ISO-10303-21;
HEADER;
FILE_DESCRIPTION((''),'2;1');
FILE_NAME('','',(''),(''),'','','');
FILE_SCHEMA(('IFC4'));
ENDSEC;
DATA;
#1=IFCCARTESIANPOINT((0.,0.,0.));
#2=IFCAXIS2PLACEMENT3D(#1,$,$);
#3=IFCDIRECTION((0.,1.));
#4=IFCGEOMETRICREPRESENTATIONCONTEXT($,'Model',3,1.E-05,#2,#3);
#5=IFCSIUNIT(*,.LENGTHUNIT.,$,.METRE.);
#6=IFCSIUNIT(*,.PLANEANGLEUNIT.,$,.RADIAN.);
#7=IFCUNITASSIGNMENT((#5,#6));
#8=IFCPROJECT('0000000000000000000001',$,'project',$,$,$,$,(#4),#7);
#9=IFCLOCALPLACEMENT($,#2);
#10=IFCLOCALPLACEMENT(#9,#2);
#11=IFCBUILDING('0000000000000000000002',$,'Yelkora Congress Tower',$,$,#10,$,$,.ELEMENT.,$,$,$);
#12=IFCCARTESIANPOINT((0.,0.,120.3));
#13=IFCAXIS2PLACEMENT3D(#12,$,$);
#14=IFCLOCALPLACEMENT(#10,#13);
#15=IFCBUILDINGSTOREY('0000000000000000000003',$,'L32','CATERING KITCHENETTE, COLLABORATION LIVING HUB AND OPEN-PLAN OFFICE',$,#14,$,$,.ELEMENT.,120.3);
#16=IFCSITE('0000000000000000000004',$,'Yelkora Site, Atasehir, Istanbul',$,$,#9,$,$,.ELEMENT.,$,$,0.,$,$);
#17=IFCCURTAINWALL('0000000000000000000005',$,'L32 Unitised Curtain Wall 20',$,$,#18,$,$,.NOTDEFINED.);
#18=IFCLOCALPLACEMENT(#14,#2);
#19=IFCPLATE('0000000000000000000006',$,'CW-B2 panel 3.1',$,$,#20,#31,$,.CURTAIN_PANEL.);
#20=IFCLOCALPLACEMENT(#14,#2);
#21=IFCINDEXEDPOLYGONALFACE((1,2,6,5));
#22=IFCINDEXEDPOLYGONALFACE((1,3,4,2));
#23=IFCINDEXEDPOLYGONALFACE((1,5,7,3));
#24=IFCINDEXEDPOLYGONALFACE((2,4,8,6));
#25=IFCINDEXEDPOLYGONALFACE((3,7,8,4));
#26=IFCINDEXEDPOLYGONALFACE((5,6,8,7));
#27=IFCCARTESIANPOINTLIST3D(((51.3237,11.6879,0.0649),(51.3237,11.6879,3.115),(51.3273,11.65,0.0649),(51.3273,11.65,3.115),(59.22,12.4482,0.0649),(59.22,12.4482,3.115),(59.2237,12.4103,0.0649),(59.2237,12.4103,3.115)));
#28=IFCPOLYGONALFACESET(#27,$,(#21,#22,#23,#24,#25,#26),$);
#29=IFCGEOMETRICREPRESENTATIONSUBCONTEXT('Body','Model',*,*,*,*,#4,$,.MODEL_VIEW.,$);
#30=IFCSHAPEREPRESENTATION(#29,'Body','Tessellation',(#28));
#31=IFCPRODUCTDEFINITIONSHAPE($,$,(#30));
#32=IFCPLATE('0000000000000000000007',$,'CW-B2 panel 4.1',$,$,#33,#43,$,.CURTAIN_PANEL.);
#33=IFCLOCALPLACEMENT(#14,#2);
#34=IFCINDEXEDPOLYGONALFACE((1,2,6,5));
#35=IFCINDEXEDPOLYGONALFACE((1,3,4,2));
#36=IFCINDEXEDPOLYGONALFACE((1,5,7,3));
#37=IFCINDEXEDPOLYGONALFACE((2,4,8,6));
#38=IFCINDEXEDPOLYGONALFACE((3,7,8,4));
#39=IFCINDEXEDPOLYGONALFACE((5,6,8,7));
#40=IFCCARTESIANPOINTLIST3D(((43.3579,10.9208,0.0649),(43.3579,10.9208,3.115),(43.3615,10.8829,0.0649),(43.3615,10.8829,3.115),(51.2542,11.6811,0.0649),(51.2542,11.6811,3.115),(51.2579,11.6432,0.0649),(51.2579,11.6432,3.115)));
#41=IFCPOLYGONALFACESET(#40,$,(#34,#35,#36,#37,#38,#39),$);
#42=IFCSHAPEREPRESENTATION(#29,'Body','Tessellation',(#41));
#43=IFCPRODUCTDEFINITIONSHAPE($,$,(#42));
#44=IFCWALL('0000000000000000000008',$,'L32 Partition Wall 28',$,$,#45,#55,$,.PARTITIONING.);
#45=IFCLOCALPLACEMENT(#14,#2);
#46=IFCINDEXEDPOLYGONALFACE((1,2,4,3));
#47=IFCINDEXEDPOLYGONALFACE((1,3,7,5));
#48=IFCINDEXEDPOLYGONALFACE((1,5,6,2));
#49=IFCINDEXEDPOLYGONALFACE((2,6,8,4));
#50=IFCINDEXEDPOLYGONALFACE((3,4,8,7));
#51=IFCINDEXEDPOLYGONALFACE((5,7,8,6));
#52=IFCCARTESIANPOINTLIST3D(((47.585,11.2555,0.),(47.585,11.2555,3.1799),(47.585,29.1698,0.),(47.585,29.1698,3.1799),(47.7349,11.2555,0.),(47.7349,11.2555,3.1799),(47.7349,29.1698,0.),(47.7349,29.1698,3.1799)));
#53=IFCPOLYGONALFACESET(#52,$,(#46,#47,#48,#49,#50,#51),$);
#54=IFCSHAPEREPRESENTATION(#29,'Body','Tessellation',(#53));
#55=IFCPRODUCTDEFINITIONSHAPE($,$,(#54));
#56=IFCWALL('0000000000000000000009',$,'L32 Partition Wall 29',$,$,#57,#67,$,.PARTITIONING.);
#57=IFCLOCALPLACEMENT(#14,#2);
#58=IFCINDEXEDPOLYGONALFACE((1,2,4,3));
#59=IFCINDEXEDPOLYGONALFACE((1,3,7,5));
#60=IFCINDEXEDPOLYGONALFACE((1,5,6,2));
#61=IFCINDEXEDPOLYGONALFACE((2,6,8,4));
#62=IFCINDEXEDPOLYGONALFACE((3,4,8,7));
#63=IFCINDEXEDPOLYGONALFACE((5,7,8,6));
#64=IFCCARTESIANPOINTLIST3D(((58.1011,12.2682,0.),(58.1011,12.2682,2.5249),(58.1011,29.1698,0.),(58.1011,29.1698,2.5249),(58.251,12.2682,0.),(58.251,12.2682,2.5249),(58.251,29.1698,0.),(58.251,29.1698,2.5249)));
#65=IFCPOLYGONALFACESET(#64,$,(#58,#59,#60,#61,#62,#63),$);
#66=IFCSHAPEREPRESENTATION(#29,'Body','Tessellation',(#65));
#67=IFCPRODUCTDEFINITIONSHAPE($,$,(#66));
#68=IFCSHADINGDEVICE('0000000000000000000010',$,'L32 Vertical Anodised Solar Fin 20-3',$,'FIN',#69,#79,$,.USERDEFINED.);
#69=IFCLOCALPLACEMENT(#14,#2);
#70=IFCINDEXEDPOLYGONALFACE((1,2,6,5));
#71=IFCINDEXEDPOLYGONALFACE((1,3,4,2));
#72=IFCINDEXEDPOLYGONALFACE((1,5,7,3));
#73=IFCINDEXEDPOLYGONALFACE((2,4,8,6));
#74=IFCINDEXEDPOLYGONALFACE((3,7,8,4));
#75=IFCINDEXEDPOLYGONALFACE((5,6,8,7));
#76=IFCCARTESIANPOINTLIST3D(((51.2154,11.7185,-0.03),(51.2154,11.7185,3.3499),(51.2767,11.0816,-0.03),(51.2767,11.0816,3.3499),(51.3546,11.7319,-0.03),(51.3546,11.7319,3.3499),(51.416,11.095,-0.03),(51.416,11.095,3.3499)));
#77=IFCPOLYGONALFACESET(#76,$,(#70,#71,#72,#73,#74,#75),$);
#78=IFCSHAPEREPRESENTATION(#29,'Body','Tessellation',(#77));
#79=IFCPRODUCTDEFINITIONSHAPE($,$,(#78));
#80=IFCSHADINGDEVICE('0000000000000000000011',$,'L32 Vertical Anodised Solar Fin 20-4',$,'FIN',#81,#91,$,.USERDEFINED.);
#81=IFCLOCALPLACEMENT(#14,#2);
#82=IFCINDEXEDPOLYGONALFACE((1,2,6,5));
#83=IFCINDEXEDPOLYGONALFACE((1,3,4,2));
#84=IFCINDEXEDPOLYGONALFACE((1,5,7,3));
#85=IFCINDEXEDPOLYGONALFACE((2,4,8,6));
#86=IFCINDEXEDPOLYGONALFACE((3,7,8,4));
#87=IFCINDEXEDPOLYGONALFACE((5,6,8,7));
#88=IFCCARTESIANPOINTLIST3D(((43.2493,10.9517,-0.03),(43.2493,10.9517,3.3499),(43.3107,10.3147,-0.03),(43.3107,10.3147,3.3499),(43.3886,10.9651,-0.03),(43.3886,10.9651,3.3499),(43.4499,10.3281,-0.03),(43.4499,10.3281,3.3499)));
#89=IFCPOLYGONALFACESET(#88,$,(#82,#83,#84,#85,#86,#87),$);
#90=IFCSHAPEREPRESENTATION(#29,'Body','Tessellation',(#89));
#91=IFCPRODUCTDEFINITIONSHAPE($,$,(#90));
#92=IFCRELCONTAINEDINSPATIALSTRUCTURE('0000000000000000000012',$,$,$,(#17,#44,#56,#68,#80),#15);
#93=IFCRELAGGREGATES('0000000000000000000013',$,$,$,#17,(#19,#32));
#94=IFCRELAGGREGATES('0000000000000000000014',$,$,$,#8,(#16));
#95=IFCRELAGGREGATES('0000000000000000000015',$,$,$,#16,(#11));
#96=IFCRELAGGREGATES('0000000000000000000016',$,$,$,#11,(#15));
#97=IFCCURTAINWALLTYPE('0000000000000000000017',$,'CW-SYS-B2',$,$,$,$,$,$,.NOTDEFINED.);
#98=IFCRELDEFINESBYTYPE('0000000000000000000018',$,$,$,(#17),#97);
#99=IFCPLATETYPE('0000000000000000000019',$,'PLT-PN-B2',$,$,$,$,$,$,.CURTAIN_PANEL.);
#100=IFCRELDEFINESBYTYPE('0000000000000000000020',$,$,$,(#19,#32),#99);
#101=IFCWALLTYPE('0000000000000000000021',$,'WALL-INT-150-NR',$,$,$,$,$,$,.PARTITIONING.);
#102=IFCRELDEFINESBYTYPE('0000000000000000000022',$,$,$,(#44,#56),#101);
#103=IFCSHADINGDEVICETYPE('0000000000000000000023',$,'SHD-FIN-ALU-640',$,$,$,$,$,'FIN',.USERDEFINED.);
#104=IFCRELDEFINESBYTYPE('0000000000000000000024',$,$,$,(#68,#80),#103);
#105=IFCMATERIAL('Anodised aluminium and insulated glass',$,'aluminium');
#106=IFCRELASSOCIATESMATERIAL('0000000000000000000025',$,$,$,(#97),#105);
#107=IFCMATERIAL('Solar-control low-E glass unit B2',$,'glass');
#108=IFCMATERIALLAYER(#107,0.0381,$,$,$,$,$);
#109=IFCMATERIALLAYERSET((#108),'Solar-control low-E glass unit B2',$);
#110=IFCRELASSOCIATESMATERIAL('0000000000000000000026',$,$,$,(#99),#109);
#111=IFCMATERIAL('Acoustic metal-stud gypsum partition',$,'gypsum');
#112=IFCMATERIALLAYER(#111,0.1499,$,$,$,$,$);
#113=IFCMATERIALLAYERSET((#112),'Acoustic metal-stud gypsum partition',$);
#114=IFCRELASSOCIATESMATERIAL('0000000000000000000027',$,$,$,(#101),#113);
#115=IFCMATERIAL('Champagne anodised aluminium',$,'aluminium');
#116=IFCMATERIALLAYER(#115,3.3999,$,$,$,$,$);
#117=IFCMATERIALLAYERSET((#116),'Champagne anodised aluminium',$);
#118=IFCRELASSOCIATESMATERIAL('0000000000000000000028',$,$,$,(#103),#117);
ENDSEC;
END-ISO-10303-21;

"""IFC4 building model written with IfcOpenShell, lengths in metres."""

from ifc_helpers import new_model, si_unit, direction, frame, frame_2d, origin, origin_2d, place, context, subcontext, project, spatial, rectangle, extrude, material, layer, layer_set, type_object, element, aggregate, save


model = new_model("IFC4")

# Units and contexts
model_context = context("Model", 3, precision=1e-05, world=origin(), true_north=direction((0.0, 1.0)))
body_context = subcontext(model_context, "Body", "Model", "MODEL_VIEW")
ifc_project = project(units=[si_unit("LENGTHUNIT", "METRE"), si_unit("PLANEANGLEUNIT", "RADIAN")], contexts=[model_context])

# Site, building, storey
site_placement = place(None, origin())
site = spatial("IfcSite", under=ifc_project, at=site_placement, Name="Yelkora Site, Atasehir, Istanbul", CompositionType="ELEMENT", RefElevation=0.0)
building_placement = place(site_placement, origin())
building = spatial("IfcBuilding", under=site, at=building_placement, Name="Yelkora Congress Tower", CompositionType="ELEMENT")
storey_placement = place(building_placement, frame((0.0, 0.0, 120.3)))
storey = spatial("IfcBuildingStorey", under=building, at=storey_placement, Name="L32", Description="CATERING KITCHENETTE, COLLABORATION LIVING HUB AND OPEN-PLAN OFFICE", CompositionType="ELEMENT", Elevation=120.3)

# Curtain wall, plates
ifc_material_1 = material(Name="Anodised aluminium and insulated glass", Category="aluminium")
curtain_wall_type = type_object("IfcCurtainWallType", Name="CW-SYS-B2", PredefinedType="NOTDEFINED", material=ifc_material_1)
curtain_wall_placement = place(storey_placement, origin())
curtain_wall = element("IfcCurtainWall", 1, at=curtain_wall_placement, inside=storey, type_object=curtain_wall_type, Name="L32 Unitised Curtain Wall 20", PredefinedType="NOTDEFINED")
ifc_material_2 = material(Name="Solar-control low-E glass unit B2", Category="glass")
ifc_layer_1 = layer(ifc_material_2, 0.0381)
ifc_layer_set_1 = layer_set([ifc_layer_1], Name="Solar-control low-E glass unit B2")
plate_type = type_object("IfcPlateType", Name="PLT-PN-B2", PredefinedType="CURTAIN_PANEL", material=ifc_layer_set_1)
plate_1_placement = place(storey_placement, frame((55.2737, 12.0491, 0.0649), z_axis=(0.0, 0.0, 1.0), x_axis=(-0.995396, -0.095844, 0.0)))
plate_1 = element("IfcPlate", 2, at=plate_1_placement, type_object=plate_type, Name="CW-B2 panel 3.1", PredefinedType="CURTAIN_PANEL", context=body_context, shape_type="SweptSolid", body=[
    extrude(rectangle(XDim=7.9329, YDim=0.0381, at=origin_2d()), origin(), (0.0, 0.0, 1.0), 3.05),
])
plate_2_placement = place(storey_placement, frame((47.3079, 11.282, 0.0649), z_axis=(0.0, 0.0, 1.0), x_axis=(-0.995396, -0.095844, 0.0)))
plate_2 = element("IfcPlate", 3, at=plate_2_placement, type_object=plate_type, Name="CW-B2 panel 4.1", PredefinedType="CURTAIN_PANEL", context=body_context, shape_type="SweptSolid", body=[
    extrude(rectangle(XDim=7.9329, YDim=0.0381, at=origin_2d()), origin(), (0.0, 0.0, 1.0), 3.05),
])
aggregate(curtain_wall, [plate_1, plate_2])

# Walls
ifc_material_3 = material(Name="Acoustic metal-stud gypsum partition", Category="gypsum")
ifc_layer_2 = layer(ifc_material_3, 0.1499)
ifc_layer_set_2 = layer_set([ifc_layer_2], Name="Acoustic metal-stud gypsum partition")
wall_type = type_object("IfcWallType", Name="WALL-INT-150-NR", PredefinedType="PARTITIONING", material=ifc_layer_set_2)
wall_1_placement = place(storey_placement, frame((47.6599, 11.2556, 0.0), z_axis=(0.0, 0.0, 1.0), x_axis=(0.0, 1.0, 0.0)))
element("IfcWall", 4, at=wall_1_placement, inside=storey, type_object=wall_type, Name="L32 Partition Wall 28", PredefinedType="PARTITIONING", context=body_context, shape_type="SweptSolid", body=[
    extrude(rectangle(XDim=17.9143, YDim=0.1499, at=frame_2d((8.957, 0.0))), origin(), (0.0, 0.0, 1.0), 3.1799),
])
wall_2_placement = place(storey_placement, frame((58.176, 12.2683, 0.0), z_axis=(0.0, 0.0, 1.0), x_axis=(0.0, 1.0, 0.0)))
element("IfcWall", 5, at=wall_2_placement, inside=storey, type_object=wall_type, Name="L32 Partition Wall 29", PredefinedType="PARTITIONING", context=body_context, shape_type="SweptSolid", body=[
    extrude(rectangle(XDim=16.9016, YDim=0.1499, at=frame_2d((8.4507, 0.0))), origin(), (0.0, 0.0, 1.0), 2.5249),
])

# Shading devices
ifc_material_4 = material(Name="Champagne anodised aluminium", Category="aluminium")
ifc_layer_3 = layer(ifc_material_4, 3.3999)
ifc_layer_set_3 = layer_set([ifc_layer_3], Name="Champagne anodised aluminium")
shading_device_type = type_object("IfcShadingDeviceType", Name="SHD-FIN-ALU-640", ElementType="FIN", PredefinedType="USERDEFINED", material=ifc_layer_set_3)
for number, where, z_axis, x_axis, name in (
    (6, (51.3157, 11.4067, -0.03), (0.0, 0.0, 1.0), (-0.995396, -0.095846, 0.0), "L32 Vertical Anodised Solar Fin 20-3"),
    (7, (43.3496, 10.6399, -0.03), (0.0, 0.0, 1.0), (-0.995396, -0.095846, 0.0), "L32 Vertical Anodised Solar Fin 20-4"),
):
    element("IfcShadingDevice", number, at=place(storey_placement, frame(where, z_axis=z_axis, x_axis=x_axis)), inside=storey, type_object=shading_device_type, Name=name, ObjectType="FIN", PredefinedType="USERDEFINED", context=body_context, shape_type="SweptSolid", body=[
        extrude(rectangle(XDim=0.1399, YDim=0.6399, at=origin_2d()), origin(), (0.0, 0.0, 1.0), 3.3799),
    ])

save(model, "model.ifc")
